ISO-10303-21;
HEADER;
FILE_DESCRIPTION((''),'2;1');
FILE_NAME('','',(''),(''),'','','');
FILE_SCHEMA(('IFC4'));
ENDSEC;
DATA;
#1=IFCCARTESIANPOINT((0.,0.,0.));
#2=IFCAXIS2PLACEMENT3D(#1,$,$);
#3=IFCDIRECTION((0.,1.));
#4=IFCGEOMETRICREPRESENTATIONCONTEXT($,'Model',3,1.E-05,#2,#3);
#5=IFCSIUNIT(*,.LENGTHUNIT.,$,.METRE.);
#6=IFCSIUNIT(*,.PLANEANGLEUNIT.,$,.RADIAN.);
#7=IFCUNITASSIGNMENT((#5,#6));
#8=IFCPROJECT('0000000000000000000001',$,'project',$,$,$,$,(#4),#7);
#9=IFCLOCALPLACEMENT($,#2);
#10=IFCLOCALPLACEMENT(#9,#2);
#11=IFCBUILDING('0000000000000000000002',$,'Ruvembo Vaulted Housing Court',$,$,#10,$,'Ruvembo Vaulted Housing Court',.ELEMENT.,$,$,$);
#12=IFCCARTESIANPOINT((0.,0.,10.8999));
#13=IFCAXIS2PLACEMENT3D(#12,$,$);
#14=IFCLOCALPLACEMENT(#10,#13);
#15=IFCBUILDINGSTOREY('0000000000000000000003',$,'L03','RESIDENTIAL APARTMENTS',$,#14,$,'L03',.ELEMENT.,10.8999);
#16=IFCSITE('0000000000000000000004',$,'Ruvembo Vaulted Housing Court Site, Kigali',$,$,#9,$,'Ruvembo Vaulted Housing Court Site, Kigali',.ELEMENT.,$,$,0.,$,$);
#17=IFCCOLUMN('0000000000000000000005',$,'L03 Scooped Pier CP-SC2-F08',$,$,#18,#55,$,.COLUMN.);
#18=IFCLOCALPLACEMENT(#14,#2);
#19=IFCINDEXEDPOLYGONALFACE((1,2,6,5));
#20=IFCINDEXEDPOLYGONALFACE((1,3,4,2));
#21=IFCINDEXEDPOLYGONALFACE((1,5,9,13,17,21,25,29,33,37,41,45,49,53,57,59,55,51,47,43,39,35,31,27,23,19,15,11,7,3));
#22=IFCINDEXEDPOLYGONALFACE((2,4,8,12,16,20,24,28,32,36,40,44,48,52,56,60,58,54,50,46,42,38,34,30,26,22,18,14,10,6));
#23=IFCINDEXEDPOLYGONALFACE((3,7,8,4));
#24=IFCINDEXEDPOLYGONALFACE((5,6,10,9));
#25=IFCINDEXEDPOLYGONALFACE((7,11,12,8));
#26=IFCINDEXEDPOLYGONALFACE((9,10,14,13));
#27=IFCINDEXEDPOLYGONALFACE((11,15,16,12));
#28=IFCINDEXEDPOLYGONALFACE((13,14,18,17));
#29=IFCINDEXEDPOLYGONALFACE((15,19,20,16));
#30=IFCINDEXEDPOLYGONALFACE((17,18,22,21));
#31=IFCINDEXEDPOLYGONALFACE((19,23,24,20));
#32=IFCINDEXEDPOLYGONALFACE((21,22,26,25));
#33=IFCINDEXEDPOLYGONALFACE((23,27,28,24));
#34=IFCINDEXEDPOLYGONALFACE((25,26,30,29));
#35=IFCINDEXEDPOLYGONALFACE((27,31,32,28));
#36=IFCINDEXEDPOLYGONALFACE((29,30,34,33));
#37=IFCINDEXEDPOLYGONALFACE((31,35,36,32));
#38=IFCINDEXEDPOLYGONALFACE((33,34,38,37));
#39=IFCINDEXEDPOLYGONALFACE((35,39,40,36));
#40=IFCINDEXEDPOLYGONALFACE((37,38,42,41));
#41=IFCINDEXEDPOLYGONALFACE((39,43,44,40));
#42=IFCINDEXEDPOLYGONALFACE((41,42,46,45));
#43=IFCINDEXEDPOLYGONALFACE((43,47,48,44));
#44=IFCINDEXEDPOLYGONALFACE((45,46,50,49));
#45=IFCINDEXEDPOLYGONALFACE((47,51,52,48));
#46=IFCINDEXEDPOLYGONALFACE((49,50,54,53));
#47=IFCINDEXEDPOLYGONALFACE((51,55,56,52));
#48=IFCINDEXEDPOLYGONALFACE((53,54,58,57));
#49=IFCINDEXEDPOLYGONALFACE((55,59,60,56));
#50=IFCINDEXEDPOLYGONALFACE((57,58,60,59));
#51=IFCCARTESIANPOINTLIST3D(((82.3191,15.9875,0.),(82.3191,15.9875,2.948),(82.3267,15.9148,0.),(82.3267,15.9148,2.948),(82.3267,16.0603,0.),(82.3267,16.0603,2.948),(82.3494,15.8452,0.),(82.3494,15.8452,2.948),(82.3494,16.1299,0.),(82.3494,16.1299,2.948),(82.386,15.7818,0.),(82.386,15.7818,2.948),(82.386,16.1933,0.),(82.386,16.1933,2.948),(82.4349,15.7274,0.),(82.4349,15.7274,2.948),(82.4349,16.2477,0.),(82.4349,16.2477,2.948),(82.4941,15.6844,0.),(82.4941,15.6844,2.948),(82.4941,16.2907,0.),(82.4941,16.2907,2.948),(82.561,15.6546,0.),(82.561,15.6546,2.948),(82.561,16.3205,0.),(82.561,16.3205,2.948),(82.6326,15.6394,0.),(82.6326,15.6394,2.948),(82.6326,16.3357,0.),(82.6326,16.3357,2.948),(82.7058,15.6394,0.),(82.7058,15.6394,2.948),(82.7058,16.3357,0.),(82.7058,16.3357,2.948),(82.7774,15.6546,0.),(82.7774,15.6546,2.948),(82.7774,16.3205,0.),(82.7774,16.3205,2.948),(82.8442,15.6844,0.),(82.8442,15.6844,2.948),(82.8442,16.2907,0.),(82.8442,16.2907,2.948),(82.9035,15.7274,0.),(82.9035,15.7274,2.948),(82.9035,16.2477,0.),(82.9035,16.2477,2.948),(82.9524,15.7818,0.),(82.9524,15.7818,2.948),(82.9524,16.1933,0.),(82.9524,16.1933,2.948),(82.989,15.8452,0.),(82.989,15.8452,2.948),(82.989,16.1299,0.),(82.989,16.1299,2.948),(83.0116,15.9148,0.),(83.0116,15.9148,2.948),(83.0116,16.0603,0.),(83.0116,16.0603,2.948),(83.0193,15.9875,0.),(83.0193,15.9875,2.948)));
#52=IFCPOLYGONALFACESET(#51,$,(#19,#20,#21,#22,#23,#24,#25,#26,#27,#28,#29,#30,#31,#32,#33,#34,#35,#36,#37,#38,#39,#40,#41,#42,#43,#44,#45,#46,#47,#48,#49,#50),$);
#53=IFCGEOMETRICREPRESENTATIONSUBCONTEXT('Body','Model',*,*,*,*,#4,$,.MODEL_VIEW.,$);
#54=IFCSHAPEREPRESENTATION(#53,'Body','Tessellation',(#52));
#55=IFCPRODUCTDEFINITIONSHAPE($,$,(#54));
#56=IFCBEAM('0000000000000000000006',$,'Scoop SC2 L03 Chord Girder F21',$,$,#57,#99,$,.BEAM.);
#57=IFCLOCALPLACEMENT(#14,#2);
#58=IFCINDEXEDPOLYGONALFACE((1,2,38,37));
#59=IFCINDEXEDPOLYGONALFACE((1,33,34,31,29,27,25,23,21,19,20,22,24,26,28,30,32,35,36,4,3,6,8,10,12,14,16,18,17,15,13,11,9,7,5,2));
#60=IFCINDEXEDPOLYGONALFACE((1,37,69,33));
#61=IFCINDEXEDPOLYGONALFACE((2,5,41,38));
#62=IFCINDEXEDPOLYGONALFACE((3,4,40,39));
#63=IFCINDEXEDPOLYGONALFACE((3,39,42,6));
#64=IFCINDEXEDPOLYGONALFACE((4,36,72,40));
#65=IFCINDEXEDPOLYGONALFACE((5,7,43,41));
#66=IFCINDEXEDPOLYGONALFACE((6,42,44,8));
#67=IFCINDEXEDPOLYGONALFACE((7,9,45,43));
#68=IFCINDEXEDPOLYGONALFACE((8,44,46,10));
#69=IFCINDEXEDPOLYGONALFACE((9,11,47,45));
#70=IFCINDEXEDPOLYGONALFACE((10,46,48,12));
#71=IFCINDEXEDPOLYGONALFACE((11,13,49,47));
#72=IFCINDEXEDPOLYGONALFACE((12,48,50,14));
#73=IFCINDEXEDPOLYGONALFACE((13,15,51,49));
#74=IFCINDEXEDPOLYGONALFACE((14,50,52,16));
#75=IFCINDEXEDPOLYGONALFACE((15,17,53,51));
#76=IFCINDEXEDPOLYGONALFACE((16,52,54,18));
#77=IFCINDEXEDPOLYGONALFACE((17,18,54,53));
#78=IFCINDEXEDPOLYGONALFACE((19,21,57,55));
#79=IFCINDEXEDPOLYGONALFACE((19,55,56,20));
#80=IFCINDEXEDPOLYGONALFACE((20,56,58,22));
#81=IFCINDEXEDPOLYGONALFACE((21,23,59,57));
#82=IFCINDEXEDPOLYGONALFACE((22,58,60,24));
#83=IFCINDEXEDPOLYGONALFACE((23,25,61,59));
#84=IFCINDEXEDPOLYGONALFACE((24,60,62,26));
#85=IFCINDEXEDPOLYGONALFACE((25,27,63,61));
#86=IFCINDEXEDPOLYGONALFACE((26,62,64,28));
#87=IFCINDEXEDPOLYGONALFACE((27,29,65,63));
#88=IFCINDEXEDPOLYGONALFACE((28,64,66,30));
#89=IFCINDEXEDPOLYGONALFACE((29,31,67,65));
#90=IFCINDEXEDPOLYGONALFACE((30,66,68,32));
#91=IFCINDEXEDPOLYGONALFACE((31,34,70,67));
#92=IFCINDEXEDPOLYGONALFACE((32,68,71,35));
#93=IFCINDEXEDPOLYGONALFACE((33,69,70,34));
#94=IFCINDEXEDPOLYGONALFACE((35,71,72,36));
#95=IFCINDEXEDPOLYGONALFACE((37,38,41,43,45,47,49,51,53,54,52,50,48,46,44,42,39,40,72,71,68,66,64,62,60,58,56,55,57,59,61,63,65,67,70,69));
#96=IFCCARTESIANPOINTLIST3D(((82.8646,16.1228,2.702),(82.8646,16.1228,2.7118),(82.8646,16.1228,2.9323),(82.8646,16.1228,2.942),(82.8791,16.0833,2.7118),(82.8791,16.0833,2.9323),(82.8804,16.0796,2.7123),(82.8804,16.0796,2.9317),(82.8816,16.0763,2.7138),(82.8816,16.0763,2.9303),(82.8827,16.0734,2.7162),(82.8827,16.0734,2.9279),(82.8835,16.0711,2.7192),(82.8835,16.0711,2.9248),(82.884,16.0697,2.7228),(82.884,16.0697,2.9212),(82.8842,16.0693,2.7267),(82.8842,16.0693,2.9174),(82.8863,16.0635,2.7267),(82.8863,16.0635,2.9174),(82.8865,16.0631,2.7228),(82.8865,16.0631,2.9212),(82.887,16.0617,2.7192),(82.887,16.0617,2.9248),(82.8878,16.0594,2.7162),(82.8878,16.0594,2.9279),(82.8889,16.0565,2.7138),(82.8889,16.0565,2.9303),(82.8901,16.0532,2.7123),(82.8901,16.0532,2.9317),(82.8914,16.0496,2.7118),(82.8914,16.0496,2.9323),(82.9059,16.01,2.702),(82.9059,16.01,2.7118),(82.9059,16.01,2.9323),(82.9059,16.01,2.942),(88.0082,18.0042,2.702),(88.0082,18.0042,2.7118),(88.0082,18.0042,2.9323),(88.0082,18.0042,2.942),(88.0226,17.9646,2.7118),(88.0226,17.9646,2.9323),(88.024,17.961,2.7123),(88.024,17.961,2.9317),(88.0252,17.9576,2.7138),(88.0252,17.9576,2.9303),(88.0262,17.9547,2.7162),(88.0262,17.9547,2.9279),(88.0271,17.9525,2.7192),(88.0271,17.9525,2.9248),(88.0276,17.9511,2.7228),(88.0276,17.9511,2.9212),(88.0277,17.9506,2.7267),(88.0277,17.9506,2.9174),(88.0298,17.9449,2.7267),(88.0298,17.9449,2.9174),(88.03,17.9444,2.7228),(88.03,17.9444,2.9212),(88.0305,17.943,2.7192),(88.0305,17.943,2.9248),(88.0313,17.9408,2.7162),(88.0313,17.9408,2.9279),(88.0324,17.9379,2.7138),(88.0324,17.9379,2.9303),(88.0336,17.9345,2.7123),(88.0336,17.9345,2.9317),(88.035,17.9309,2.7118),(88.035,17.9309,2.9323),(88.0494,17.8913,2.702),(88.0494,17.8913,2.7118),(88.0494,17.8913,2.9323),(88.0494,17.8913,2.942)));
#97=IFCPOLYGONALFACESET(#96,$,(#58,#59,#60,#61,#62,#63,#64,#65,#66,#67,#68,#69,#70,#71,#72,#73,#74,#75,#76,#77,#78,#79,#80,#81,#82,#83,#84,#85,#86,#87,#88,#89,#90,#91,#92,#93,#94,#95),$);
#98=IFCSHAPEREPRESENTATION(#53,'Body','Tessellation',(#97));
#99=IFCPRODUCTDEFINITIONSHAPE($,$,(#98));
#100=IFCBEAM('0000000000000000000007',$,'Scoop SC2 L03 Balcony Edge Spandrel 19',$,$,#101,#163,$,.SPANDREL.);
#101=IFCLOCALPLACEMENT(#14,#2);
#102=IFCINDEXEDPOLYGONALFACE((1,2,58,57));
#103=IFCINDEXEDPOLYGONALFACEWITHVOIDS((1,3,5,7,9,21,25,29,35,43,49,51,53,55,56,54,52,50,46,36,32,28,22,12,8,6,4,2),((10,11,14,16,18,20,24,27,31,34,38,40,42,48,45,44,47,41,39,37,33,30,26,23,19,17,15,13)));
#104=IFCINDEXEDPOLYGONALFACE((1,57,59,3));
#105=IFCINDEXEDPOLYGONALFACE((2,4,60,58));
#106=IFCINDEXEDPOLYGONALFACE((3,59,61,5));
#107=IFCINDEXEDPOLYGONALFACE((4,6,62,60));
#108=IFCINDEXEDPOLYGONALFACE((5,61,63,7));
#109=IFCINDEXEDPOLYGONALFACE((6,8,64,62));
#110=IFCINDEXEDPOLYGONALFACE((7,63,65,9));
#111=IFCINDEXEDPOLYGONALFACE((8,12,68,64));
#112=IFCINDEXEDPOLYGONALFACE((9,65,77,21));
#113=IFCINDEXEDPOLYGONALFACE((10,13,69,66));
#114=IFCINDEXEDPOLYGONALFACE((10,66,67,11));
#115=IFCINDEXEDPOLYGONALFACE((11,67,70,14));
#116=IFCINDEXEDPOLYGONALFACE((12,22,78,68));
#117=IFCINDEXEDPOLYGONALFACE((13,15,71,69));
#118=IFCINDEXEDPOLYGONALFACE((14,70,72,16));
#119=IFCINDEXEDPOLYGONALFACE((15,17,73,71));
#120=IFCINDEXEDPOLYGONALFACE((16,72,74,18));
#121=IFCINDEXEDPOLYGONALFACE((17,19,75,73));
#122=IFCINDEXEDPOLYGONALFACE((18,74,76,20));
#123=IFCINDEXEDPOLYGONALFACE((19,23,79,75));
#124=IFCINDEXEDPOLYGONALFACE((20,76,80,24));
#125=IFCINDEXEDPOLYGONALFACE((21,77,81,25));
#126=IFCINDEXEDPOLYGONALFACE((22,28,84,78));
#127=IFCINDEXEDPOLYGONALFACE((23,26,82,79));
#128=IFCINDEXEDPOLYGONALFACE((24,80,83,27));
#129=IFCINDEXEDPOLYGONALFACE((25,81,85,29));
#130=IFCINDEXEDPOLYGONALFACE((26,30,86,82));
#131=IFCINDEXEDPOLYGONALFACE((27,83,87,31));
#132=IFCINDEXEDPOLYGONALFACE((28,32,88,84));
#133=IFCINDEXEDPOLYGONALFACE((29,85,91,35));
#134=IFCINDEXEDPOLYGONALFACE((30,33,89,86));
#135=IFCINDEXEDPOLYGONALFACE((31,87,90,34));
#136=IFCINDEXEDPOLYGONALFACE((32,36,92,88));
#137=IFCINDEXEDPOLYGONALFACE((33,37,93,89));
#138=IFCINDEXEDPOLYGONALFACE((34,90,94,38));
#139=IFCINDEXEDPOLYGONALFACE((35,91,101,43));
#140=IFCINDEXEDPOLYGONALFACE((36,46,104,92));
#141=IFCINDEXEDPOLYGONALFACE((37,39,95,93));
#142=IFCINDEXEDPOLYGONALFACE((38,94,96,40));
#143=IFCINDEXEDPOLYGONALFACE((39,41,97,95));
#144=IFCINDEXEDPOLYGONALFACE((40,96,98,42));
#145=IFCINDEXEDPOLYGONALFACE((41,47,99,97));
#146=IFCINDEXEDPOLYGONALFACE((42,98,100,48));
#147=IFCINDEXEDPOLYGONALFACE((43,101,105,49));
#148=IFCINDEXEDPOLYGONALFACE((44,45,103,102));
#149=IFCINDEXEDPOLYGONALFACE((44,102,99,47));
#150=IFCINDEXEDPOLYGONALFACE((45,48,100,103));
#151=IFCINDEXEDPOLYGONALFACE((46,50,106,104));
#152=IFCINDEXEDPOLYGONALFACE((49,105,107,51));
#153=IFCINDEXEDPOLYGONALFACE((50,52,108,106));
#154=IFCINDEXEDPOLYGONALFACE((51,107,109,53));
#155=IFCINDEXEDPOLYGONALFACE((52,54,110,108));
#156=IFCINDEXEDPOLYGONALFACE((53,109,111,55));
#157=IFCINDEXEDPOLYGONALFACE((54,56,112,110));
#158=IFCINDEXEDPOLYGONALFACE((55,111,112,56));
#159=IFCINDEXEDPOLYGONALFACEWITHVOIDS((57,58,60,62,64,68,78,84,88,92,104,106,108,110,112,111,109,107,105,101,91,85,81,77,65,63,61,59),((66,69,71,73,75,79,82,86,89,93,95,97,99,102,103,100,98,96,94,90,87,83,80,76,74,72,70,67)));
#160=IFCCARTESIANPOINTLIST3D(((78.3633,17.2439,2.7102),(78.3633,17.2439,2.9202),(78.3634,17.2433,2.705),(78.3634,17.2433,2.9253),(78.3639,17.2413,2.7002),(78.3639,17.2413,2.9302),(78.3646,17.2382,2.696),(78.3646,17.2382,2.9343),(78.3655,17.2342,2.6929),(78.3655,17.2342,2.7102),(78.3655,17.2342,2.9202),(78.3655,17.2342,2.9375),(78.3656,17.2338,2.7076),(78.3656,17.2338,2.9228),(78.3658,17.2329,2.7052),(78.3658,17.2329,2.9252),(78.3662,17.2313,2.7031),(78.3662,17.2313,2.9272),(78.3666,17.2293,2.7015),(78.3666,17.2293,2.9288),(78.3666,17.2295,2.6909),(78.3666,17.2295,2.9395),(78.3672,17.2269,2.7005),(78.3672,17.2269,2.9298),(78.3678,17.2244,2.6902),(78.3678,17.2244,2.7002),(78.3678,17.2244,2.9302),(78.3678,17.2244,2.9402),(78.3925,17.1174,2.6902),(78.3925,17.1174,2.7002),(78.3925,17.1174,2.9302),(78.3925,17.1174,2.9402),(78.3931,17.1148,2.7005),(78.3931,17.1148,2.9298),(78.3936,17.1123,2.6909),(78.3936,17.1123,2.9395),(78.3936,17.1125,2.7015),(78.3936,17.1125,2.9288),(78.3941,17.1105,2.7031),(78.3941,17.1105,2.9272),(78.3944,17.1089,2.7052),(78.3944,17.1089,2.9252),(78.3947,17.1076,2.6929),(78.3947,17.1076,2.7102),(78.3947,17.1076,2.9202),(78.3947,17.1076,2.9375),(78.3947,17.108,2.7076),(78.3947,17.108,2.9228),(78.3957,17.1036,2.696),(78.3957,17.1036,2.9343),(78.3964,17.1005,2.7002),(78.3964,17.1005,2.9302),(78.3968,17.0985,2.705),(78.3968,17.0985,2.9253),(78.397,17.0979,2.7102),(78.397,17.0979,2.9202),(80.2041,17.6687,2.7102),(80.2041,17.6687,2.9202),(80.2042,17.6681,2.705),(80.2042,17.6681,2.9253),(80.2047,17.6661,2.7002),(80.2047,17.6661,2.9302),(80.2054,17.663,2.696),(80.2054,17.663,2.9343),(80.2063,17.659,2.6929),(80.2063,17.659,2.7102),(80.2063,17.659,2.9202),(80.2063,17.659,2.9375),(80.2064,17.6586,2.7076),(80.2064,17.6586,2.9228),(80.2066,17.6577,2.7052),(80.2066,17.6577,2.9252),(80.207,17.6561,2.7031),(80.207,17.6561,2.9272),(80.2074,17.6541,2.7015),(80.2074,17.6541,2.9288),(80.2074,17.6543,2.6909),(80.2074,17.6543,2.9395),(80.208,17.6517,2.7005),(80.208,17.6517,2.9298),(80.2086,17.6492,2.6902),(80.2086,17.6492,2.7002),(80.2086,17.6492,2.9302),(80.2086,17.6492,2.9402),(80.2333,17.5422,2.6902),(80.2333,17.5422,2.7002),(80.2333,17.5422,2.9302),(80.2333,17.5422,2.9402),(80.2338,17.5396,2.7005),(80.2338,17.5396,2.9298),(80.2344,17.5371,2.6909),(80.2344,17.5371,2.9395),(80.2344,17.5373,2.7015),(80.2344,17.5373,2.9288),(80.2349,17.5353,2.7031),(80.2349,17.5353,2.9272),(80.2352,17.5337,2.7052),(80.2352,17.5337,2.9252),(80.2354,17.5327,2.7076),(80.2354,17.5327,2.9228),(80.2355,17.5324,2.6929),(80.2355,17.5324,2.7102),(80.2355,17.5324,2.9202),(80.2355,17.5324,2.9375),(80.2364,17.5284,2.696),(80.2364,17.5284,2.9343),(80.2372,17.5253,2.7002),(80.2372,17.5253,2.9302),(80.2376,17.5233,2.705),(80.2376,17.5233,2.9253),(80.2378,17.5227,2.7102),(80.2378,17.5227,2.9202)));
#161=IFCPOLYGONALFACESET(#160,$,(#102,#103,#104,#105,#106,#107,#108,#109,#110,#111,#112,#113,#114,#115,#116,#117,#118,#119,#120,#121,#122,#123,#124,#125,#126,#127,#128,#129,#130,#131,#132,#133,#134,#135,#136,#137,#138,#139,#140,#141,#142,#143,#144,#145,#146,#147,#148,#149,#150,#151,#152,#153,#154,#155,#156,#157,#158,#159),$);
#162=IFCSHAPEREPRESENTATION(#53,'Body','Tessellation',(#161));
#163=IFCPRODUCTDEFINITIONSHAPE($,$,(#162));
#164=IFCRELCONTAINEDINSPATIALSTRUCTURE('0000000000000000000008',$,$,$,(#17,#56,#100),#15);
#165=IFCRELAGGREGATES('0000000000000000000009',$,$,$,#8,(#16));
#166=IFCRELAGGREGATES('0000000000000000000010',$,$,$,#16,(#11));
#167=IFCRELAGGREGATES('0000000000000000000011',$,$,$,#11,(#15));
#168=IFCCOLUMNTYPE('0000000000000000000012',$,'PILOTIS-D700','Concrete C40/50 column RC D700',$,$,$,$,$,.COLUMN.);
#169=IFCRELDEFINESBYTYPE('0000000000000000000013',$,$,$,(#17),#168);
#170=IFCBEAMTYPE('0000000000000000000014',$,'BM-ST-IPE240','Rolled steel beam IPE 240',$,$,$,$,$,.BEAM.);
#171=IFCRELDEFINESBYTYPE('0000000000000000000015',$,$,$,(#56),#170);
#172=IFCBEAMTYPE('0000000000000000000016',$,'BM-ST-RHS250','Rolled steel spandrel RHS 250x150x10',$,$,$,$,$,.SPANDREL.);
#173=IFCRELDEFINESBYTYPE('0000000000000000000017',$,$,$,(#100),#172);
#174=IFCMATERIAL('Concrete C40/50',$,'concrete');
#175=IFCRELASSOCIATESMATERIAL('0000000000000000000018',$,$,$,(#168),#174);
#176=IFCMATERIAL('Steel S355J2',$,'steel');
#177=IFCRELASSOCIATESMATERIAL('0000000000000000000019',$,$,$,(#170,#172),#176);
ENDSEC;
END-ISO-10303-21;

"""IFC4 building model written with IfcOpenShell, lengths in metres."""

from ifc_helpers import new_model, si_unit, direction, frame, origin, origin_2d, place, context, subcontext, project, spatial, hollow_rectangle, circle, i_section, extrude, material, material_profile, profile_set, type_object, element, save


model = new_model("IFC4")

# Units and contexts
model_context = context("Model", 3, precision=1e-05, world=origin(), true_north=direction((0.0, 1.0)))
body_context = subcontext(model_context, "Body", "Model", "MODEL_VIEW")
ifc_project = project(units=[si_unit("LENGTHUNIT", "METRE"), si_unit("PLANEANGLEUNIT", "RADIAN")], contexts=[model_context])

# Site, building, storey
site_placement = place(None, origin())
site = spatial("IfcSite", under=ifc_project, at=site_placement, Name="Ruvembo Vaulted Housing Court Site, Kigali", LongName="Ruvembo Vaulted Housing Court Site, Kigali", CompositionType="ELEMENT", RefElevation=0.0)
building_placement = place(site_placement, origin())
building = spatial("IfcBuilding", under=site, at=building_placement, Name="Ruvembo Vaulted Housing Court", LongName="Ruvembo Vaulted Housing Court", CompositionType="ELEMENT")
storey_placement = place(building_placement, frame((0.0, 0.0, 10.8999)))
storey = spatial("IfcBuildingStorey", under=building, at=storey_placement, Name="L03", Description="RESIDENTIAL APARTMENTS", LongName="L03", CompositionType="ELEMENT", Elevation=10.8999)

# Column
ifc_material_1 = material(Name="Concrete C40/50", Category="concrete")
ifc_material_profile_1 = material_profile(ifc_material_1, circle(Radius=0.3501, at=origin_2d()), Name="RC D700")
ifc_profile_set_1 = profile_set([ifc_material_profile_1], Name="Concrete C40/50")
column_type = type_object("IfcColumnType", Name="PILOTIS-D700", Description="Concrete C40/50 column RC D700", PredefinedType="COLUMN", material=ifc_profile_set_1)
column_placement = place(storey_placement, frame((82.6692, 15.9875, 0.0), z_axis=(0.0, 0.0, 1.0), x_axis=(1.0, 0.0, 0.0)))
element("IfcColumn", 1, at=column_placement, inside=storey, type_object=column_type, Name="L03 Scooped Pier CP-SC2-F08", PredefinedType="COLUMN", context=body_context, shape_type="SweptSolid", body=[
    extrude(circle(Radius=0.3501, at=origin_2d()), origin(), (0.0, 0.0, 1.0), 2.948),
])

# Beams
ifc_material_2 = material(Name="Steel S355J2", Category="steel")
ifc_material_profile_2 = material_profile(ifc_material_2, i_section(OverallWidth=0.1201, OverallDepth=0.24, WebThickness=0.0061, FlangeThickness=0.0098, FilletRadius=0.0149, at=origin_2d()), Name="IPE 240")
ifc_profile_set_2 = profile_set([ifc_material_profile_2], Name="Steel S355J2")
beam_type_1 = type_object("IfcBeamType", Name="BM-ST-IPE240", Description="Rolled steel beam IPE 240", PredefinedType="BEAM", material=ifc_profile_set_2)
beam_1_placement = place(storey_placement, frame((82.8853, 16.0664, 2.822), z_axis=(0.939149, 0.343511, 0.0), x_axis=(-0.343511, 0.939149, 0.0)))
element("IfcBeam", 2, at=beam_1_placement, inside=storey, type_object=beam_type_1, Name="Scoop SC2 L03 Chord Girder F21", PredefinedType="BEAM", context=body_context, shape_type="SweptSolid", body=[
    extrude(i_section(OverallWidth=0.1201, OverallDepth=0.24, WebThickness=0.0061, FlangeThickness=0.0098, FilletRadius=0.0149, at=origin_2d()), origin(), (0.0, 0.0, 1.0), 5.4768),
])
ifc_material_profile_3 = material_profile(ifc_material_2, hollow_rectangle(XDim=0.1499, YDim=0.25, WallThickness=0.01, InnerFilletRadius=0.01, OuterFilletRadius=0.02, at=origin_2d()), Name="RHS 250x150x10")
ifc_profile_set_3 = profile_set([ifc_material_profile_3], Name="Steel S355J2")
beam_type_2 = type_object("IfcBeamType", Name="BM-ST-RHS250", Description="Rolled steel spandrel RHS 250x150x10", PredefinedType="SPANDREL", material=ifc_profile_set_3)
beam_2_placement = place(storey_placement, frame((78.3801, 17.1709, 2.8152), z_axis=(0.974391, 0.22486, 0.0), x_axis=(-0.22486, 0.974391, 0.0)))
element("IfcBeam", 3, at=beam_2_placement, inside=storey, type_object=beam_type_2, Name="Scoop SC2 L03 Balcony Edge Spandrel 19", PredefinedType="SPANDREL", context=body_context, shape_type="SweptSolid", body=[
    extrude(hollow_rectangle(XDim=0.1499, YDim=0.25, WallThickness=0.01, InnerFilletRadius=0.01, OuterFilletRadius=0.02, at=origin_2d()), origin(), (0.0, 0.0, 1.0), 1.8892),
])

save(model, "model.ifc")
